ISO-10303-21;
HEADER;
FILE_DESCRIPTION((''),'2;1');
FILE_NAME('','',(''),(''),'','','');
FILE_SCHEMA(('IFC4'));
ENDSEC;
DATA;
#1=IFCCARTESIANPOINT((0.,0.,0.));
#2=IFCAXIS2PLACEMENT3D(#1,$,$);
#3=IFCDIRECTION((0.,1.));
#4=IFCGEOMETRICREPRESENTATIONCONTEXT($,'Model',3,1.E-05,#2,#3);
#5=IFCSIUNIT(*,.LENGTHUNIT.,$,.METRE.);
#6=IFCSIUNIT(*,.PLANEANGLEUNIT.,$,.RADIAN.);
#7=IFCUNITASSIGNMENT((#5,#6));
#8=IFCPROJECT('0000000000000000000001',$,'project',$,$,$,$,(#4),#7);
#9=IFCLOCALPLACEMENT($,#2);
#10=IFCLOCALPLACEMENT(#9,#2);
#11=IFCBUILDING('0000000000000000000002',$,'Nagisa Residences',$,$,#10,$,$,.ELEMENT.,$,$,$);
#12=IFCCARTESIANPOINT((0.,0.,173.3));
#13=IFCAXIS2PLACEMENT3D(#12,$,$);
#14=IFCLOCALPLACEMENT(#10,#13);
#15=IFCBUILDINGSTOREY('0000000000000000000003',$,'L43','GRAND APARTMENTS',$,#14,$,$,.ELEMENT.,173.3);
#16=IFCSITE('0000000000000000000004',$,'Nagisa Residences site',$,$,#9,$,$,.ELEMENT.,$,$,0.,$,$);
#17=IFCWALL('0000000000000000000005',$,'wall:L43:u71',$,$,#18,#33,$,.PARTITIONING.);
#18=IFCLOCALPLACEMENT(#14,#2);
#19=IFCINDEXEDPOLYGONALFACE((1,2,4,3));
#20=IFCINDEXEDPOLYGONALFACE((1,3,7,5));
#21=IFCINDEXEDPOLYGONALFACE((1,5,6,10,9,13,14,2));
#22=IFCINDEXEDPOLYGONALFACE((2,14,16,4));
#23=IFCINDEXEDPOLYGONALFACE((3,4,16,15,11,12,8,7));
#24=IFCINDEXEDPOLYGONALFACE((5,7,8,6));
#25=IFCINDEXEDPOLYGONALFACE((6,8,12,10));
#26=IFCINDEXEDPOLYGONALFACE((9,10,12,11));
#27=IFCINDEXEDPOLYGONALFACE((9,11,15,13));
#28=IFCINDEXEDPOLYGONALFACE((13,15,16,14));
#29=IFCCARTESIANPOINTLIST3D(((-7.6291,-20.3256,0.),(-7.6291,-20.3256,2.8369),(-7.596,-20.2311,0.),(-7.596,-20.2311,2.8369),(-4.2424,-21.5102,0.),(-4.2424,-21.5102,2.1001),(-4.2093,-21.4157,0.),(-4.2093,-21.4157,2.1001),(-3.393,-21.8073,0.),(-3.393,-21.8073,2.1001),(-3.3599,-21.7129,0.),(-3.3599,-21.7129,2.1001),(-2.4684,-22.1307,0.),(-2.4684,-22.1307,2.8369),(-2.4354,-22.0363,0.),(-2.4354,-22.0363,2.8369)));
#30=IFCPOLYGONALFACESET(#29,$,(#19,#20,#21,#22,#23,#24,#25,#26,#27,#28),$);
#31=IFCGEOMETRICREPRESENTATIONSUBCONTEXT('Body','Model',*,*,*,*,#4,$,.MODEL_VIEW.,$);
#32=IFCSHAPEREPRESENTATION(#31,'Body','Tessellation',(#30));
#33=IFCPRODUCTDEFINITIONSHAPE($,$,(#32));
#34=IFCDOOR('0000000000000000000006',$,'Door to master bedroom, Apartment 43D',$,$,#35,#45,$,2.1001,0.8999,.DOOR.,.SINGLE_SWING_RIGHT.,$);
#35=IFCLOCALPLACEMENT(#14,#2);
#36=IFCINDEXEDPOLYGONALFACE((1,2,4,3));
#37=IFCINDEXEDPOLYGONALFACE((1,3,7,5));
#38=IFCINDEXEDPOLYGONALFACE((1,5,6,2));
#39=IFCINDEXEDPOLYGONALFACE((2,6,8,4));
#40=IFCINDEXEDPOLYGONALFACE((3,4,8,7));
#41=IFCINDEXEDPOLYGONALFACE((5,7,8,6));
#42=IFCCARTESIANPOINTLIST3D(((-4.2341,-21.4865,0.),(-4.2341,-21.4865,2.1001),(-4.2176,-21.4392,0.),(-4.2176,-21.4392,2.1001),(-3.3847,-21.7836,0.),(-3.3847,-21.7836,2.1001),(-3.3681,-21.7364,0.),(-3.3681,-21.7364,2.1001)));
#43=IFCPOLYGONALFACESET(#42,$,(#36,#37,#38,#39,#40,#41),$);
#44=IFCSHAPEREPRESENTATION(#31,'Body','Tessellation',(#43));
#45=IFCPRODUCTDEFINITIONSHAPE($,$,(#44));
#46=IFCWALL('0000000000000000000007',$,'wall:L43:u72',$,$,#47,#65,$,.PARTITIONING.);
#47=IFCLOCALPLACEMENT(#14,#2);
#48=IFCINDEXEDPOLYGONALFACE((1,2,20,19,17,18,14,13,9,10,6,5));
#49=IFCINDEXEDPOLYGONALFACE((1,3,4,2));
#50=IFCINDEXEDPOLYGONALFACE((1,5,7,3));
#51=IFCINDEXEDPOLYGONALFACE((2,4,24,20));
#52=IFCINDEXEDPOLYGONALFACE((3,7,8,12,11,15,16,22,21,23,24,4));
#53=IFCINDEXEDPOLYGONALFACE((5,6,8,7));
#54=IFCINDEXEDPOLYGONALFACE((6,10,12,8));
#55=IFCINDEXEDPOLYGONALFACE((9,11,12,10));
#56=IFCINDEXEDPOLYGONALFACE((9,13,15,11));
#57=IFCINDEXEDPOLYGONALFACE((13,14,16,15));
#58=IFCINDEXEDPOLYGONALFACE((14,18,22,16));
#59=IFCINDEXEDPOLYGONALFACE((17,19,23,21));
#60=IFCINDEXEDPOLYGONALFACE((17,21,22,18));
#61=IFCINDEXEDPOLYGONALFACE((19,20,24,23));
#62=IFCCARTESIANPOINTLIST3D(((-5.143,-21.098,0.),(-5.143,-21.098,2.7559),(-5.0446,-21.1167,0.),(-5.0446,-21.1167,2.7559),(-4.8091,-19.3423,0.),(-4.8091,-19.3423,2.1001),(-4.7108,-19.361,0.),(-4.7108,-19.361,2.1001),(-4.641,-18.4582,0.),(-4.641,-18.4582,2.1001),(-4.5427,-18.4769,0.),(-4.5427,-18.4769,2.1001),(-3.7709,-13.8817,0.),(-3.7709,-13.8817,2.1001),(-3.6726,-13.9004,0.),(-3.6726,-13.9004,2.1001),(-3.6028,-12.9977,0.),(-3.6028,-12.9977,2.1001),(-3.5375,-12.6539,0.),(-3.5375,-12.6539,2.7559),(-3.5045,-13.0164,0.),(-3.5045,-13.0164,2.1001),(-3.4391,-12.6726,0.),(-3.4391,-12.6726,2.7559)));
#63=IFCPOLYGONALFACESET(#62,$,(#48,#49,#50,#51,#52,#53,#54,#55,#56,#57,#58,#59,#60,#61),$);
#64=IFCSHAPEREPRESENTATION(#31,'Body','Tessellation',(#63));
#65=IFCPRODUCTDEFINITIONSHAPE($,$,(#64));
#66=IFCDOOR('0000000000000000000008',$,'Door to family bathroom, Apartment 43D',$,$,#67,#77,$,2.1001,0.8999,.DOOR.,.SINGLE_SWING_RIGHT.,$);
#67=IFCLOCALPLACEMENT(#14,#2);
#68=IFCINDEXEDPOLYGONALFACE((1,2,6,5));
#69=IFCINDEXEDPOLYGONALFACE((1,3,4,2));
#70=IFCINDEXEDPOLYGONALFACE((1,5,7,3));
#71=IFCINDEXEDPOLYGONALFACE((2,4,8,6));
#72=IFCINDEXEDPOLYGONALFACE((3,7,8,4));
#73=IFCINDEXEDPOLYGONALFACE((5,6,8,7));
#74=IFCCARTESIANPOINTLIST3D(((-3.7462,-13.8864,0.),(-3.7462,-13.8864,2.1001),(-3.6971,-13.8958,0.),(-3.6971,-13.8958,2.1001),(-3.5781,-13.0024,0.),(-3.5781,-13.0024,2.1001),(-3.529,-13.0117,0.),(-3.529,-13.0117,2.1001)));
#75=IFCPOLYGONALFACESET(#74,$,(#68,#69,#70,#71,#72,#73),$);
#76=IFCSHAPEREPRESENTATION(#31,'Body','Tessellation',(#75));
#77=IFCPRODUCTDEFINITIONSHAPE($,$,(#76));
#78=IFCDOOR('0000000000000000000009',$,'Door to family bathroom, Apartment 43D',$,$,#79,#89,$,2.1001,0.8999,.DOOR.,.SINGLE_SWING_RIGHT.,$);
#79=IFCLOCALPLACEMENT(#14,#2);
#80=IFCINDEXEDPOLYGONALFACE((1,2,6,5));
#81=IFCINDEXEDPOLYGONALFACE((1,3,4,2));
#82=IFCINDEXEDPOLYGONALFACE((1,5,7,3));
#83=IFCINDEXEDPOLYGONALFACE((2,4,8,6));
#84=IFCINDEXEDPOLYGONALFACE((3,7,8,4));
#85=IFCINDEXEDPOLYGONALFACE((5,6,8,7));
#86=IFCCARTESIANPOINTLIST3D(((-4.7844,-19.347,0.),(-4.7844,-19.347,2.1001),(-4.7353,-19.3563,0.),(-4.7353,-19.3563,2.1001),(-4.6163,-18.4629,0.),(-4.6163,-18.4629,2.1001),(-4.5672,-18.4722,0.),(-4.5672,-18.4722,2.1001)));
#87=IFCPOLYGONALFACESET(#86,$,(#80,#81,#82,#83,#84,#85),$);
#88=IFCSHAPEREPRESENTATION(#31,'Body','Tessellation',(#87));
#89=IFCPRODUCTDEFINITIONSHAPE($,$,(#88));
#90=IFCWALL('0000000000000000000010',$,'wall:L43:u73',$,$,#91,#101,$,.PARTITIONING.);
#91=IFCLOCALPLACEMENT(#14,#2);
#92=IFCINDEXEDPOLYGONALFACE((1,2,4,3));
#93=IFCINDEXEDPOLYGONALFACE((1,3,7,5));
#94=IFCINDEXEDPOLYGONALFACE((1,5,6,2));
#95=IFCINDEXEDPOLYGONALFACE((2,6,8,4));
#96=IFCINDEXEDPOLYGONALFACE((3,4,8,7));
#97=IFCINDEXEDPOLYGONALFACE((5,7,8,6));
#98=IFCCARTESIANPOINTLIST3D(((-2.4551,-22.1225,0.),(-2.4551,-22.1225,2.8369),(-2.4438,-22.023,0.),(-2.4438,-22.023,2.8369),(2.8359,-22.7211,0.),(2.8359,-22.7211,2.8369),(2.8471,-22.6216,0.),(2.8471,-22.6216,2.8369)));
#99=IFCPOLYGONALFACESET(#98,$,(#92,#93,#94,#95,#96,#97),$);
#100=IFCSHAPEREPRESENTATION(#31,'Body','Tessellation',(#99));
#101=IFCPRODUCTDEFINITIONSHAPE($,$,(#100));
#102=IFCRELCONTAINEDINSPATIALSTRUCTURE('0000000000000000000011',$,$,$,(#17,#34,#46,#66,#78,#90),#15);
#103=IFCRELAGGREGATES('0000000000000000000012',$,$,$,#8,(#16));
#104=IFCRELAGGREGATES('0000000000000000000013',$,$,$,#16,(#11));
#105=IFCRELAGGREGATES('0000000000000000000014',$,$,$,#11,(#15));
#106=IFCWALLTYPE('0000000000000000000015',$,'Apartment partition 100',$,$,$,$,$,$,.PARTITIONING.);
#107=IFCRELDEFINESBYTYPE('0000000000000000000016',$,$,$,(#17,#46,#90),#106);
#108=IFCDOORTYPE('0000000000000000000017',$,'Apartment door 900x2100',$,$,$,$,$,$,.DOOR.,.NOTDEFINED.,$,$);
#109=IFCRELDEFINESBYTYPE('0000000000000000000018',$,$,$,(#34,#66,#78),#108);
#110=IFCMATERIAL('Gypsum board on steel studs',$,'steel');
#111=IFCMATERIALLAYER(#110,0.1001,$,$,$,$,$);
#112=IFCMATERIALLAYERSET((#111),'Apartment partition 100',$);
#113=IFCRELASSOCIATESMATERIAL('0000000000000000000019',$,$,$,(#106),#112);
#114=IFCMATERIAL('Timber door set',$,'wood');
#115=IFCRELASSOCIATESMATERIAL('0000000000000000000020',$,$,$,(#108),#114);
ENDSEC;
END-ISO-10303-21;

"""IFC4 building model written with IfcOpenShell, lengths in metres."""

from ifc_helpers import new_model, si_unit, direction, frame, frame_2d, origin, place, context, subcontext, project, spatial, rectangle, extrude, material, layer, layer_set, type_object, element, fill, save


model = new_model("IFC4")

# Units and contexts
model_context = context("Model", 3, precision=1e-05, world=origin(), true_north=direction((0.0, 1.0)))
body_context = subcontext(model_context, "Body", "Model", "MODEL_VIEW")
ifc_project = project(units=[si_unit("LENGTHUNIT", "METRE"), si_unit("PLANEANGLEUNIT", "RADIAN")], contexts=[model_context])

# Site, building, storey
site_placement = place(None, origin())
site = spatial("IfcSite", under=ifc_project, at=site_placement, Name="Nagisa Residences site", CompositionType="ELEMENT", RefElevation=0.0)
building_placement = place(site_placement, origin())
building = spatial("IfcBuilding", under=site, at=building_placement, Name="Nagisa Residences", CompositionType="ELEMENT")
storey_placement = place(building_placement, frame((0.0, 0.0, 173.3)))
storey = spatial("IfcBuildingStorey", under=building, at=storey_placement, Name="L43", Description="GRAND APARTMENTS", CompositionType="ELEMENT", Elevation=173.3)

# Shared definitions
ifc_material_1 = material(Name="Gypsum board on steel studs", Category="steel")
ifc_layer_1 = layer(ifc_material_1, 0.1001)
ifc_layer_set_1 = layer_set([ifc_layer_1], Name="Apartment partition 100")
wall_type_1 = type_object("IfcWallType", Name="Apartment partition 100", PredefinedType="PARTITIONING", material=ifc_layer_set_1)

# Wall, opening, door
wall_1_placement = place(storey_placement, frame((-7.6125, -20.2783, 0.0), z_axis=(0.0, 0.0, 1.0), x_axis=(0.943918, -0.330179, 0.0)))
wall_1 = element("IfcWall", 1, at=wall_1_placement, inside=storey, type_object=wall_type_1, Name="wall:L43:u71", PredefinedType="PARTITIONING", context=body_context, shape_type="SweptSolid", body=[
    extrude(rectangle(XDim=5.4673, YDim=0.1001, at=frame_2d((2.7336, 0.0))), origin(), (0.0, 0.0, 1.0), 2.8369),
])
opening_1_placement = place(wall_1_placement, frame((3.5879, 0.0, 0.0)))
opening_1 = element("IfcOpeningElement", 2, at=opening_1_placement, cuts=wall_1, PredefinedType="OPENING", context=body_context, shape_type="SweptSolid", body=[
    extrude(rectangle(XDim=0.8999, YDim=2.1001, at=frame_2d((0.45, 1.05))), frame((0.0, 0.0601, 0.0), z_axis=(0.0, -1.0, 0.0), x_axis=(1.0, 0.0, 0.0)), (0.0, 0.0, 1.0), 0.1201),
])
ifc_material_2 = material(Name="Timber door set", Category="wood")
door_type_1 = type_object("IfcDoorType", Name="Apartment door 900x2100", OperationType="NOTDEFINED", PredefinedType="DOOR", material=ifc_material_2)
door_1_placement = place(opening_1_placement, frame((0.8999, 0.0, 0.0), x_axis=(-1.0, 0.0, 0.0)))
door_1 = element("IfcDoor", 3, at=door_1_placement, inside=storey, type_object=door_type_1, Name="Door to master bedroom, Apartment 43D", OperationType="SINGLE_SWING_RIGHT", OverallHeight=2.1001, OverallWidth=0.8999, PredefinedType="DOOR", context=body_context, shape_type="SweptSolid", body=[
    extrude(rectangle(XDim=0.8999, YDim=2.1001, at=frame_2d((0.45, 1.05))), frame((0.0, 0.0249, 0.0), z_axis=(0.0, -1.0, 0.0), x_axis=(1.0, 0.0, 0.0)), (0.0, 0.0, 1.0), 0.05),
])
fill(opening_1, door_1)

# Wall, openings, doors
wall_2_placement = place(storey_placement, frame((-3.4883, -12.6631, 0.0), z_axis=(0.0, 0.0, 1.0), x_axis=(-0.186783, -0.982401, 0.0)))
wall_2 = element("IfcWall", 4, at=wall_2_placement, inside=storey, type_object=wall_type_1, Name="wall:L43:u72", PredefinedType="PARTITIONING", context=body_context, shape_type="SweptSolid", body=[
    extrude(rectangle(XDim=8.5955, YDim=0.1001, at=frame_2d((4.2979, 0.0))), origin(), (0.0, 0.0, 1.0), 2.7559),
])
opening_2_placement = place(wall_2_placement, frame((0.3501, 0.0, 0.0)))
opening_2 = element("IfcOpeningElement", 5, at=opening_2_placement, cuts=wall_2, PredefinedType="OPENING", context=body_context, shape_type="SweptSolid", body=[
    extrude(rectangle(XDim=0.8999, YDim=2.1001, at=frame_2d((0.45, 1.05))), frame((0.0, 0.0601, 0.0), z_axis=(0.0, -1.0, 0.0), x_axis=(1.0, 0.0, 0.0)), (0.0, 0.0, 1.0), 0.1201),
])
opening_3_placement = place(wall_2_placement, frame((5.9084, 0.0, 0.0)))
opening_3 = element("IfcOpeningElement", 6, at=opening_3_placement, cuts=wall_2, PredefinedType="OPENING", context=body_context, shape_type="SweptSolid", body=[
    extrude(rectangle(XDim=0.8999, YDim=2.1001, at=frame_2d((0.45, 1.05))), frame((0.0, 0.0601, 0.0), z_axis=(0.0, -1.0, 0.0), x_axis=(1.0, 0.0, 0.0)), (0.0, 0.0, 1.0), 0.1201),
])
door_2_placement = place(opening_2_placement, frame((0.8999, 0.0, 0.0), x_axis=(-1.0, 0.0, 0.0)))
door_2 = element("IfcDoor", 7, at=door_2_placement, inside=storey, type_object=door_type_1, Name="Door to family bathroom, Apartment 43D", OperationType="SINGLE_SWING_RIGHT", OverallHeight=2.1001, OverallWidth=0.8999, PredefinedType="DOOR", context=body_context, shape_type="SweptSolid", body=[
    extrude(rectangle(XDim=0.8999, YDim=2.1001, at=frame_2d((0.45, 1.05))), frame((0.0, 0.0249, 0.0), z_axis=(0.0, -1.0, 0.0), x_axis=(1.0, 0.0, 0.0)), (0.0, 0.0, 1.0), 0.05),
])
fill(opening_2, door_2)
door_3_placement = place(opening_3_placement, frame((0.8999, 0.0, 0.0), x_axis=(-1.0, 0.0, 0.0)))
door_3 = element("IfcDoor", 8, at=door_3_placement, inside=storey, type_object=door_type_1, Name="Door to family bathroom, Apartment 43D", OperationType="SINGLE_SWING_RIGHT", OverallHeight=2.1001, OverallWidth=0.8999, PredefinedType="DOOR", context=body_context, shape_type="SweptSolid", body=[
    extrude(rectangle(XDim=0.8999, YDim=2.1001, at=frame_2d((0.45, 1.05))), frame((0.0, 0.0249, 0.0), z_axis=(0.0, -1.0, 0.0), x_axis=(1.0, 0.0, 0.0)), (0.0, 0.0, 1.0), 0.05),
])
fill(opening_3, door_3)

# Wall
wall_3_placement = place(storey_placement, frame((-2.4495, -22.0728, 0.0), z_axis=(0.0, 0.0, 1.0), x_axis=(0.99366, -0.112424, 0.0)))
element("IfcWall", 9, at=wall_3_placement, inside=storey, type_object=wall_type_1, Name="wall:L43:u73", PredefinedType="PARTITIONING", context=body_context, shape_type="SweptSolid", body=[
    extrude(rectangle(XDim=5.3247, YDim=0.1001, at=frame_2d((2.6624, 0.0))), origin(), (0.0, 0.0, 1.0), 2.8369),
])

save(model, "model.ifc")
